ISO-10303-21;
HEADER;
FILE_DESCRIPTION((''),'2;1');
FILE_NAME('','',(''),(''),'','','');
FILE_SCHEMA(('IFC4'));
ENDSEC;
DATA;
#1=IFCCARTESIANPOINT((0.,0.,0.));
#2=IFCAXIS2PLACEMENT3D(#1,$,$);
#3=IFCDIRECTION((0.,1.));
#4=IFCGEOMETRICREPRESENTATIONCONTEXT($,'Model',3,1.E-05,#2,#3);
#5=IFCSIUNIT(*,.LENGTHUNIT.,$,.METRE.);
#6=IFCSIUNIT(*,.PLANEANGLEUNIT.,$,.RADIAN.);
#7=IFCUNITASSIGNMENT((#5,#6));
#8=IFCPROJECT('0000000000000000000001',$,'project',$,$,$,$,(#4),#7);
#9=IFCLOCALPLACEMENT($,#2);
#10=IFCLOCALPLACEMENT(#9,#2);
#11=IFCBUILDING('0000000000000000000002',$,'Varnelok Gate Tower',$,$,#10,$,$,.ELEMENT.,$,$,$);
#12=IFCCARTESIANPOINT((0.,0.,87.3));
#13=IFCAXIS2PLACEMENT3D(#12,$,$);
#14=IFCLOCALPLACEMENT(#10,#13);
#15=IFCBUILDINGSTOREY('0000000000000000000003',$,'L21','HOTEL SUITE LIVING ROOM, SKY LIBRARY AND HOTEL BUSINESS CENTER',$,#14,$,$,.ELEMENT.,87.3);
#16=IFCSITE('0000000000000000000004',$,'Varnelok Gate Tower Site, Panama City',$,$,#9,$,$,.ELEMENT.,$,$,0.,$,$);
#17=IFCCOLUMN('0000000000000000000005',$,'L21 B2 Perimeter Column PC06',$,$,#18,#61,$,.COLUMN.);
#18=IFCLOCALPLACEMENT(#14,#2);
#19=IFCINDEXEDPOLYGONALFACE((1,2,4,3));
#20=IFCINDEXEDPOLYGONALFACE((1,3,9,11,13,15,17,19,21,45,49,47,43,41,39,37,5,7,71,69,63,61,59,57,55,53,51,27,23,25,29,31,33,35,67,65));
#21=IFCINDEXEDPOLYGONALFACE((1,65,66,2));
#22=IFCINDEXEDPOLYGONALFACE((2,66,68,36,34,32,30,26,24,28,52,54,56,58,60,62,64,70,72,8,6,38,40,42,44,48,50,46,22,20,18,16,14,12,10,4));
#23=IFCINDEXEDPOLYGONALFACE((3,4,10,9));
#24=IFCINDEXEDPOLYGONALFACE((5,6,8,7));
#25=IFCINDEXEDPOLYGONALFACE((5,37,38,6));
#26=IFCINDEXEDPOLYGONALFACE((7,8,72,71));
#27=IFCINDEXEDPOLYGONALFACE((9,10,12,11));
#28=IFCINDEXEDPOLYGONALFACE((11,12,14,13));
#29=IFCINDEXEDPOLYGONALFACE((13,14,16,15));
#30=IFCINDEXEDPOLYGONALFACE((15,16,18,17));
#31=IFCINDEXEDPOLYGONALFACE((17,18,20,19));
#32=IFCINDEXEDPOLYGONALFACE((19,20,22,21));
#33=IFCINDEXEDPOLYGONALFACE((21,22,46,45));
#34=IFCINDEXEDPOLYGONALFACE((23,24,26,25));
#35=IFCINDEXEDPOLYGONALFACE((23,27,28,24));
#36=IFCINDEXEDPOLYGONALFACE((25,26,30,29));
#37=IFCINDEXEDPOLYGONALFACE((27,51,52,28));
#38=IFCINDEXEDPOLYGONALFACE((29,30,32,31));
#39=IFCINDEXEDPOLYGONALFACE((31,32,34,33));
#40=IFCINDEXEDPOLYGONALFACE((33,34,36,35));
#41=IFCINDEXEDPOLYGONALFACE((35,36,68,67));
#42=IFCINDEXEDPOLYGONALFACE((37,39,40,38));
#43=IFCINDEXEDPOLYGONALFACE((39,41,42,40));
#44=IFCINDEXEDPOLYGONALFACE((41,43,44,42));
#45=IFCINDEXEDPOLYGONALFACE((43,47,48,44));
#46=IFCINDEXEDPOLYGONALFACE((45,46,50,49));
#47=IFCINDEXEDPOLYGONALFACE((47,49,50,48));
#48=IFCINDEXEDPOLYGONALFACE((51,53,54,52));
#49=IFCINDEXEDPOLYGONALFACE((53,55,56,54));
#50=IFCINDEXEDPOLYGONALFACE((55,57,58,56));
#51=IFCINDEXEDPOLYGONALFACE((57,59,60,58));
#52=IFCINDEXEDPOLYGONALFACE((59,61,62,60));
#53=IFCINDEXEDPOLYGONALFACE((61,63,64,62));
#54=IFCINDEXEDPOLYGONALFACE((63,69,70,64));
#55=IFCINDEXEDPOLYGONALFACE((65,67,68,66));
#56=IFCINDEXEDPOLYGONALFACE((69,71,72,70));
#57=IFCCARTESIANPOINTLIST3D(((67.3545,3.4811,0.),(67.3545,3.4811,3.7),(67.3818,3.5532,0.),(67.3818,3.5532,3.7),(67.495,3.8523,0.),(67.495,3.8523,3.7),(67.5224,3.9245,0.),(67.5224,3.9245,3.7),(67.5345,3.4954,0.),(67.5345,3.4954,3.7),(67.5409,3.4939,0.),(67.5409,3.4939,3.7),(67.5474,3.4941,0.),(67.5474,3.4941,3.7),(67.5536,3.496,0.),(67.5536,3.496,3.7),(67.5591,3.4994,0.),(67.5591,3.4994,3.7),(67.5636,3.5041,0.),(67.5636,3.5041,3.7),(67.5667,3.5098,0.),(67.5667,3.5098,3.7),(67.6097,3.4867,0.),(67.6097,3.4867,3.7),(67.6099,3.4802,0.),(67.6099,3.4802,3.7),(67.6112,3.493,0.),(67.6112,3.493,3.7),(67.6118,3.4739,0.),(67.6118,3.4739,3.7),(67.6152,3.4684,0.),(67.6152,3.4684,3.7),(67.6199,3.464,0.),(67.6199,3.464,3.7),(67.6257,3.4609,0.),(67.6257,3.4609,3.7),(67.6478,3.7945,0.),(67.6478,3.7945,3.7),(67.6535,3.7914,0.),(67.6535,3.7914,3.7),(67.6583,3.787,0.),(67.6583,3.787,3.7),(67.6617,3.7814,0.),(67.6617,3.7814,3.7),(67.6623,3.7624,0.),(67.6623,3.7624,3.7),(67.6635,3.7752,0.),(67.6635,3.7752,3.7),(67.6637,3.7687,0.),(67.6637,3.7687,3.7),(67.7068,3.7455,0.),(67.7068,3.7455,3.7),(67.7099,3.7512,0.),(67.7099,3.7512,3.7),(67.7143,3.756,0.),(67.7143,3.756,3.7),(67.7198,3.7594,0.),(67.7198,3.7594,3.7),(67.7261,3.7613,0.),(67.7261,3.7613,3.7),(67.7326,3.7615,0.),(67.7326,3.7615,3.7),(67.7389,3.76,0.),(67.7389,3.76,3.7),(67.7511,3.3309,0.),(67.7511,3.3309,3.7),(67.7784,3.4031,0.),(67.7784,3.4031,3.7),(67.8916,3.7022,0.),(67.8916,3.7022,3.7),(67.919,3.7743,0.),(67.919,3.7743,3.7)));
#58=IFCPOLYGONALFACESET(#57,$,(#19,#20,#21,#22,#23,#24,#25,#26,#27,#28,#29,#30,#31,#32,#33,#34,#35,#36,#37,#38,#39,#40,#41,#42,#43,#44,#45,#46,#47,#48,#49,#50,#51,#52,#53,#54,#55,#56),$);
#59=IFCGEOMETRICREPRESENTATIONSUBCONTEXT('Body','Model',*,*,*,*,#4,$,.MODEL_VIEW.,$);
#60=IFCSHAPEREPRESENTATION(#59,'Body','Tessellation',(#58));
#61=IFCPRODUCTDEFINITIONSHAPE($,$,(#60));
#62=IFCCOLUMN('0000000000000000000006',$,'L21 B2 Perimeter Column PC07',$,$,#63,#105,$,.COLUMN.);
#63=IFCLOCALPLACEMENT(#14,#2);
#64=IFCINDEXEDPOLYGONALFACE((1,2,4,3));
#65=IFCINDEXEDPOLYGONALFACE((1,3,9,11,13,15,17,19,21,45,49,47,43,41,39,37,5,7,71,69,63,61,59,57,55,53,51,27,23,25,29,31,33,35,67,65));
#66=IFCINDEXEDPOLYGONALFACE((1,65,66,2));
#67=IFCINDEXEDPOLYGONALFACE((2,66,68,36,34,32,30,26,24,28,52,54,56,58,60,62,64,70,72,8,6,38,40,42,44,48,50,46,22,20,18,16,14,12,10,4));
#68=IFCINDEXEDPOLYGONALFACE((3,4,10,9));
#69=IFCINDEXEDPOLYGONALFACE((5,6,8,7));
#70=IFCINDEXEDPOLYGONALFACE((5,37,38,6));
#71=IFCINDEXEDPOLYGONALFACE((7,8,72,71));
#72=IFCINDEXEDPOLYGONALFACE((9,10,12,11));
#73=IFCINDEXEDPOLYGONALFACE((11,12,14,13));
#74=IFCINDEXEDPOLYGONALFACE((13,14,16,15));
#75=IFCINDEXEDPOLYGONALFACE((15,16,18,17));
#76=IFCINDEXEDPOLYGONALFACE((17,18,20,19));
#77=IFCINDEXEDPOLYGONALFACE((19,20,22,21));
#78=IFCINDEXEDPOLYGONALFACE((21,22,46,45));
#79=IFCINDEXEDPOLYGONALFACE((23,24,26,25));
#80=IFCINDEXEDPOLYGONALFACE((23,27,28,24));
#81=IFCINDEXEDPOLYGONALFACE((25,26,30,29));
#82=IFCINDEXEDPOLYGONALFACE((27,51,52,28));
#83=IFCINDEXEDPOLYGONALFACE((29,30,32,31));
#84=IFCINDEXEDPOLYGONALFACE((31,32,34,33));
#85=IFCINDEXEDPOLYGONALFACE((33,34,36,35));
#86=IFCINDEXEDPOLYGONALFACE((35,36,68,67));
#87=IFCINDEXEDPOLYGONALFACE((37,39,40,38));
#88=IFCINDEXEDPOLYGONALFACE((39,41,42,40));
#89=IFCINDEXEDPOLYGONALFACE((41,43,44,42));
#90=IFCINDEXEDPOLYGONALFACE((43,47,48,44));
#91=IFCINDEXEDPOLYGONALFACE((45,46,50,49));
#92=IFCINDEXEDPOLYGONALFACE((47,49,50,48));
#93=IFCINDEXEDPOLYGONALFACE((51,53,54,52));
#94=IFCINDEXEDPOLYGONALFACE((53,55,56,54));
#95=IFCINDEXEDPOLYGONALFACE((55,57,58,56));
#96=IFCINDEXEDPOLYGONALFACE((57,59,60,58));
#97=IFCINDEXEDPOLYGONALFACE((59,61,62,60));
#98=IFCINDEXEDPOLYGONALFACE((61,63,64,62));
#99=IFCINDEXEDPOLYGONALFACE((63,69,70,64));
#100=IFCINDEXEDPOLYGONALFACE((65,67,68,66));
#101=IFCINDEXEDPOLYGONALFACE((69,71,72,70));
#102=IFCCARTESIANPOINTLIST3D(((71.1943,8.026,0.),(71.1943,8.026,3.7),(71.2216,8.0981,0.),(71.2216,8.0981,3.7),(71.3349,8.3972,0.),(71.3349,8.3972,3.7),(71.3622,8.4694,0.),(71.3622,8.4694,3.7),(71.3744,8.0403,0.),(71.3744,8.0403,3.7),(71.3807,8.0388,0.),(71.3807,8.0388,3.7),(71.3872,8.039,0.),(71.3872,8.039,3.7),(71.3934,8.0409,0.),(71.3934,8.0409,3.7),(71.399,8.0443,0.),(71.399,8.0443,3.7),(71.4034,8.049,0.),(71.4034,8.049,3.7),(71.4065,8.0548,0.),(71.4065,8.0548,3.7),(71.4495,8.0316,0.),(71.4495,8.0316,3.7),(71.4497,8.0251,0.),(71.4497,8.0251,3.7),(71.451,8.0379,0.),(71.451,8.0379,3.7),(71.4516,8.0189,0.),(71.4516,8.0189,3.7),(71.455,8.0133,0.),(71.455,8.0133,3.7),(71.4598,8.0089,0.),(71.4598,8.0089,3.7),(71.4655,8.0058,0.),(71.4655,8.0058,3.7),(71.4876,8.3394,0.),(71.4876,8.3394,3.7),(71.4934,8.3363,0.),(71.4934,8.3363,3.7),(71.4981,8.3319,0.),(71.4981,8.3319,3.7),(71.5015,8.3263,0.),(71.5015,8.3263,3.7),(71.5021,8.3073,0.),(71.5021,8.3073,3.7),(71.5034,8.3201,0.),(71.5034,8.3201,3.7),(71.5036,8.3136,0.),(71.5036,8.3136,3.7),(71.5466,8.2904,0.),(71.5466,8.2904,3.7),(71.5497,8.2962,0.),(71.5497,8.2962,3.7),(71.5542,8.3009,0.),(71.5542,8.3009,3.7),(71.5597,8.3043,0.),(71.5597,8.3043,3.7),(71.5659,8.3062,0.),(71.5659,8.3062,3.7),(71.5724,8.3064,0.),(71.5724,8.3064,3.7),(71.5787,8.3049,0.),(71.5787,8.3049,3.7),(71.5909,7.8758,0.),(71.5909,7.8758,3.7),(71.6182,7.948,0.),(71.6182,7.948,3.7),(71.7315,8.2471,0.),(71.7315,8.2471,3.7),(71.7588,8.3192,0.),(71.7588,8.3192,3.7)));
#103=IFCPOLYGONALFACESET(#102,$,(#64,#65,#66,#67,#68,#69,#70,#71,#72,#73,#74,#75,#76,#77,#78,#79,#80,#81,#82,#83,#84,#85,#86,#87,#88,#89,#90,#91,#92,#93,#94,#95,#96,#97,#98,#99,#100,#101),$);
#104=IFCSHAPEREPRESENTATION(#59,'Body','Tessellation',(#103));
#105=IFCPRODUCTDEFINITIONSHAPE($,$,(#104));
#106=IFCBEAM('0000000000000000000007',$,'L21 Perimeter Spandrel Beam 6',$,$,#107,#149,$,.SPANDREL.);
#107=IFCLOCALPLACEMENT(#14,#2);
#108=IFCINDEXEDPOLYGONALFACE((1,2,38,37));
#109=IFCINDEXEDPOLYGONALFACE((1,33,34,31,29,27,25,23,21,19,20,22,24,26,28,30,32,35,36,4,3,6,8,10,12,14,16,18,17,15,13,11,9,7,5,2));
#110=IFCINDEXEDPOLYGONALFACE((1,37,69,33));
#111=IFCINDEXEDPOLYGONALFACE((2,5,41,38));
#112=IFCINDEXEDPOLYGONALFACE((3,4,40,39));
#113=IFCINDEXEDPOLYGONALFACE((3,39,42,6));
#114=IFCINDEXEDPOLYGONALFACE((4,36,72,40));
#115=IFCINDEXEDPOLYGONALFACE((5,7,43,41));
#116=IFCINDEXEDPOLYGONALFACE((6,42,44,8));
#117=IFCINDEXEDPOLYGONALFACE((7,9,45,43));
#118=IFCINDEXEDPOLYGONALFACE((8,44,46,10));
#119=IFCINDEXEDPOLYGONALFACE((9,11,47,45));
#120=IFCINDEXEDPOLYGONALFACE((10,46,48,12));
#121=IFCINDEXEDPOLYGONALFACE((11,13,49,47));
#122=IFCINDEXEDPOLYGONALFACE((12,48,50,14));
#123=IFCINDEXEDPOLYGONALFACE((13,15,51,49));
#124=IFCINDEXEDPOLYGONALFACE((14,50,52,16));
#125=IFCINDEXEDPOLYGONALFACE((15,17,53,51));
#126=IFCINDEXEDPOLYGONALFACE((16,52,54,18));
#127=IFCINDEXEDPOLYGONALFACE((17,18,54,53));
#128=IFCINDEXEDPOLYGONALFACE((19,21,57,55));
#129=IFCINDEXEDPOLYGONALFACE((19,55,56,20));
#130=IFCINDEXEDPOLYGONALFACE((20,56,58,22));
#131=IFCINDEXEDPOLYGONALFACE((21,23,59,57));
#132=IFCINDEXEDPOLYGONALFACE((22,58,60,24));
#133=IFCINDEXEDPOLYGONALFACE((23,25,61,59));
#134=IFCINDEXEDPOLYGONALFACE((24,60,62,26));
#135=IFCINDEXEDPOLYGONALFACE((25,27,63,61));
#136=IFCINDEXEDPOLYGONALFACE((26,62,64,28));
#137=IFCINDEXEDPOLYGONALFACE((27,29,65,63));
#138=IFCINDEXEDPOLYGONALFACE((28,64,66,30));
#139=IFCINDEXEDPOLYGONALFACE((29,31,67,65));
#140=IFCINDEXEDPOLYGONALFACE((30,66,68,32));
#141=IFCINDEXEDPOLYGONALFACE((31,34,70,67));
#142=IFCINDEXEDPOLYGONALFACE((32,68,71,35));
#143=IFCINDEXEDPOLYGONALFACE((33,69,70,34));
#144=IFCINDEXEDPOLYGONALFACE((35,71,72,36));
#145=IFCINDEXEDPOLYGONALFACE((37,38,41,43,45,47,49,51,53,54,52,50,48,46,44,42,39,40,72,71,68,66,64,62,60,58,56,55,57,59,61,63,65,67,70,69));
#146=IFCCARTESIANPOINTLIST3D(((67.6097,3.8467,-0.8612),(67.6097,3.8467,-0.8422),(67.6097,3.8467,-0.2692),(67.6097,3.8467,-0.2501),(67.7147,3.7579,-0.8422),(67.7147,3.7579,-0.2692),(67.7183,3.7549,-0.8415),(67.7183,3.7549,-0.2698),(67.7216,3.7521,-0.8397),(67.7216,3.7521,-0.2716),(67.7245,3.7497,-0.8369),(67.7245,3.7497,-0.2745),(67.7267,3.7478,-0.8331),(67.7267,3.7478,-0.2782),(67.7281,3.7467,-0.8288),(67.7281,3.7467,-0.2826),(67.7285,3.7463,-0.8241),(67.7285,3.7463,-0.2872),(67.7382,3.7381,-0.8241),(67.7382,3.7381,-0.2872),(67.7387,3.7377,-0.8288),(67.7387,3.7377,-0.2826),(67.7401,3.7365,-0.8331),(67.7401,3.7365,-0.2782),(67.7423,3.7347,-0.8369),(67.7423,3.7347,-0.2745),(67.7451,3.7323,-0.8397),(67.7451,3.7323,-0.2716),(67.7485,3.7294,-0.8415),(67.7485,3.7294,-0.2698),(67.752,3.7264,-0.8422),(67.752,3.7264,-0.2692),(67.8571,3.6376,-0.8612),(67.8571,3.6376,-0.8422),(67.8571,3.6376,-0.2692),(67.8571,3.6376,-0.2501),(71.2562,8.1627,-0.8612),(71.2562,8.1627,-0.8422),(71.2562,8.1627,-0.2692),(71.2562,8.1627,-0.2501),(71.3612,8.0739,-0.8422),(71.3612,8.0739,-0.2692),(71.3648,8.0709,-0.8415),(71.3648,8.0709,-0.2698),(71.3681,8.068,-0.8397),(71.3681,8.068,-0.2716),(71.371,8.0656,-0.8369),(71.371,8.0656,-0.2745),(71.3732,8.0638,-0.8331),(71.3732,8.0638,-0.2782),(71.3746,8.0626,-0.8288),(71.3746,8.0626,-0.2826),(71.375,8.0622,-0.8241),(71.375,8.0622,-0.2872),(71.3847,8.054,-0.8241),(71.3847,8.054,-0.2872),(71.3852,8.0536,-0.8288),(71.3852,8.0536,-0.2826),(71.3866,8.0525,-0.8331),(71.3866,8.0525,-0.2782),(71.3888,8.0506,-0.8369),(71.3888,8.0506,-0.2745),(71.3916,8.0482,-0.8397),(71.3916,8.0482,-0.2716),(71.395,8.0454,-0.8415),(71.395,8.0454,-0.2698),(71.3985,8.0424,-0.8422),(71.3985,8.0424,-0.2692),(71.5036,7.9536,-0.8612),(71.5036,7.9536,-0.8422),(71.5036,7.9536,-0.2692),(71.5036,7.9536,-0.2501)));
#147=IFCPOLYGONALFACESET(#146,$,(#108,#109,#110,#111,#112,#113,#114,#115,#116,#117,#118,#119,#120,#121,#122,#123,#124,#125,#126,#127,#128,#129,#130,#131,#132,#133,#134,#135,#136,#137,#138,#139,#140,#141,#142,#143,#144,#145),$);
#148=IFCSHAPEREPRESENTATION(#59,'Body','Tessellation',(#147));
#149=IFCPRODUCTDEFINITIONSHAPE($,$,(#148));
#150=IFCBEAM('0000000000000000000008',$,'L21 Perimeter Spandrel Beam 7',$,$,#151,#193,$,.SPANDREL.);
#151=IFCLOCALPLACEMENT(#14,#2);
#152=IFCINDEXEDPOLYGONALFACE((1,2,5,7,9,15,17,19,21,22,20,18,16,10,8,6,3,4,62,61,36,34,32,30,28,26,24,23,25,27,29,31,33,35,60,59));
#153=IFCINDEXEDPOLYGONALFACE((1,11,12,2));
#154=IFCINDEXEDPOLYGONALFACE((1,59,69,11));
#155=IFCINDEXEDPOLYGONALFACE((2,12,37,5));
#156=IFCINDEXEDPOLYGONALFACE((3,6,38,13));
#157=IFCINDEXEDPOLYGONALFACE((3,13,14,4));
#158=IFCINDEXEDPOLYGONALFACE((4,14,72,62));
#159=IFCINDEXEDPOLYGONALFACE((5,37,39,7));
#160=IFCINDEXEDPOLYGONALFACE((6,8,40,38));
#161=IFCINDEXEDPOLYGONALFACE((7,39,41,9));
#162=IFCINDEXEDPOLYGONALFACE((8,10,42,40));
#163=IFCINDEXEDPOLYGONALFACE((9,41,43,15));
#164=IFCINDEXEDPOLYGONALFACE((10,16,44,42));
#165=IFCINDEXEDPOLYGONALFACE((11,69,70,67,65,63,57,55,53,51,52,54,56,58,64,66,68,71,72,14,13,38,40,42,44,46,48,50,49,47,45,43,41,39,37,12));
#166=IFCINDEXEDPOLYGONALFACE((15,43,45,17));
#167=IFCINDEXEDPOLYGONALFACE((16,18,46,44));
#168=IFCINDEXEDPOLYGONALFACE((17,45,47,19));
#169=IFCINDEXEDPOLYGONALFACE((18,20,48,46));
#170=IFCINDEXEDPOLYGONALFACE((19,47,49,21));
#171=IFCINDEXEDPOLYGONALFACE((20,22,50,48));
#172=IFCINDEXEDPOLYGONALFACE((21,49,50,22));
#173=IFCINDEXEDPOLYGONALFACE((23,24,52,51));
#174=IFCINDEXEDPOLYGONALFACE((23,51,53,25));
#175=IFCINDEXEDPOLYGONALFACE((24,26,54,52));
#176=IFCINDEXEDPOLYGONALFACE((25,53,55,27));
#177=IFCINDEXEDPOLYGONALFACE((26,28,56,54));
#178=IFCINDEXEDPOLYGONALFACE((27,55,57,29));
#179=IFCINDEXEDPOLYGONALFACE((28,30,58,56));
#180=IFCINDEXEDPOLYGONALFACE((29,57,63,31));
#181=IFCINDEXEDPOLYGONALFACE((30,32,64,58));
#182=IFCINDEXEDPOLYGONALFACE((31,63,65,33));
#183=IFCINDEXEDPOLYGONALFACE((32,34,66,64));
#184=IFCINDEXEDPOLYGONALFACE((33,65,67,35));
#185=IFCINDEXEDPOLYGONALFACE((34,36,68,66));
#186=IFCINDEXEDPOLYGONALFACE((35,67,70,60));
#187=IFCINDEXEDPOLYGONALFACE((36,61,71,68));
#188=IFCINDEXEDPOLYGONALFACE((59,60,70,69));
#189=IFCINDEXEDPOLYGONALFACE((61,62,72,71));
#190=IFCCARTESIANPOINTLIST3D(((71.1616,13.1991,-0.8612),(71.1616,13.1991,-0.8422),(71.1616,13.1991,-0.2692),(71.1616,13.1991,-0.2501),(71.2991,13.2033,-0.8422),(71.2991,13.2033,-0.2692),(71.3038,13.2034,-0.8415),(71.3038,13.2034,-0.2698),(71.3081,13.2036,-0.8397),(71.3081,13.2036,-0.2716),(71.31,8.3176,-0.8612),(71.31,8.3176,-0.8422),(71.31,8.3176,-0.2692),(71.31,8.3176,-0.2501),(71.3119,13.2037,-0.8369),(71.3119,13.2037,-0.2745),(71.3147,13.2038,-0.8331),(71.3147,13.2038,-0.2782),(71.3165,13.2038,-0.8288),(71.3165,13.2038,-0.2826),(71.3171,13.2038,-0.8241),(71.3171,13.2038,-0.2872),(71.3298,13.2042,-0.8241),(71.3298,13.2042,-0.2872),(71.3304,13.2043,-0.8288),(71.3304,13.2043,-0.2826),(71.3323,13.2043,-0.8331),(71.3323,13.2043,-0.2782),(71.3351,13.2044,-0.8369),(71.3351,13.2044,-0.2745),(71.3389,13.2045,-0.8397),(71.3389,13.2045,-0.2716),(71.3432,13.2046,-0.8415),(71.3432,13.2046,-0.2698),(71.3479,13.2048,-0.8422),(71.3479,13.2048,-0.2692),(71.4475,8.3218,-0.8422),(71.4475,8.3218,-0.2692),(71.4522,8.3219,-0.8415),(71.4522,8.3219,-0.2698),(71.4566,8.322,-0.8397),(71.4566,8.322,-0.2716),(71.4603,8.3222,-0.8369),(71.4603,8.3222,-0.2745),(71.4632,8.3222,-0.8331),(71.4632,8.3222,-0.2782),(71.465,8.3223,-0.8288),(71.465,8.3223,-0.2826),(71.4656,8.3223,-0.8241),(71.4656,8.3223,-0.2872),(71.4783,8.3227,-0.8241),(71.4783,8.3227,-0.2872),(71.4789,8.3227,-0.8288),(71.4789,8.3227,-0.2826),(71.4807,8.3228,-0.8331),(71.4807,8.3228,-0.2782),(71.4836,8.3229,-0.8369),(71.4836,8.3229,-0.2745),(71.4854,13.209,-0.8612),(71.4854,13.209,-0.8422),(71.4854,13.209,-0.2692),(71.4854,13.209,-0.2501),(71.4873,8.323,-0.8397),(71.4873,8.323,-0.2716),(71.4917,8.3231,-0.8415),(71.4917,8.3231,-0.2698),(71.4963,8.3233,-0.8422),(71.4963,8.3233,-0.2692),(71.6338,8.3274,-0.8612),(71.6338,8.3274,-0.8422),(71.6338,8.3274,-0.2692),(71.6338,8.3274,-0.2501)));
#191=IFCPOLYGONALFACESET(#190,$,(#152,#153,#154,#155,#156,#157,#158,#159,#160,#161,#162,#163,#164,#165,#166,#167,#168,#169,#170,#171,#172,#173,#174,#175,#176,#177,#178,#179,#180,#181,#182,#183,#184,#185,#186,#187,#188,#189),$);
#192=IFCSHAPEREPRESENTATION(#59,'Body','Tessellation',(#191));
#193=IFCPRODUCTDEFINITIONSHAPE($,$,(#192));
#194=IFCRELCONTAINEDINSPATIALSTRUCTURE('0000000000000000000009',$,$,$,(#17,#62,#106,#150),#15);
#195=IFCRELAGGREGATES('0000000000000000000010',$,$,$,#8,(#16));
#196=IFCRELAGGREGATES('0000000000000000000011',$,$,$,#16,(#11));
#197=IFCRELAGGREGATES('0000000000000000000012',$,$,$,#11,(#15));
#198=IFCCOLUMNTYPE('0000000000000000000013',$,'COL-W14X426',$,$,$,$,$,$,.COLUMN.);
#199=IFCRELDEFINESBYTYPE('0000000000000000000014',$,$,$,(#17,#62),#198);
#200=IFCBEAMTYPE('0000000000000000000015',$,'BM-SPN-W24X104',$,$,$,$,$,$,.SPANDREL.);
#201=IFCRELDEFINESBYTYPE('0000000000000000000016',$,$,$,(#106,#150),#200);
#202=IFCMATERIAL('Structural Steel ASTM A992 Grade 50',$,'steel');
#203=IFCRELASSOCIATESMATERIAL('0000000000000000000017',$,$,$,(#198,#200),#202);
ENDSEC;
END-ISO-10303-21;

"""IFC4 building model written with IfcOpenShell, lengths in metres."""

from ifc_helpers import new_model, si_unit, direction, frame, origin, origin_2d, place, context, subcontext, project, spatial, i_section, extrude, material, material_profile, profile_set, type_object, element, save


model = new_model("IFC4")

# Units and contexts
model_context = context("Model", 3, precision=1e-05, world=origin(), true_north=direction((0.0, 1.0)))
body_context = subcontext(model_context, "Body", "Model", "MODEL_VIEW")
ifc_project = project(units=[si_unit("LENGTHUNIT", "METRE"), si_unit("PLANEANGLEUNIT", "RADIAN")], contexts=[model_context])

# Site, building, storey
site_placement = place(None, origin())
site = spatial("IfcSite", under=ifc_project, at=site_placement, Name="Varnelok Gate Tower Site, Panama City", CompositionType="ELEMENT", RefElevation=0.0)
building_placement = place(site_placement, origin())
building = spatial("IfcBuilding", under=site, at=building_placement, Name="Varnelok Gate Tower", CompositionType="ELEMENT")
storey_placement = place(building_placement, frame((0.0, 0.0, 87.3)))
storey = spatial("IfcBuildingStorey", under=building, at=storey_placement, Name="L21", Description="HOTEL SUITE LIVING ROOM, SKY LIBRARY AND HOTEL BUSINESS CENTER", CompositionType="ELEMENT", Elevation=87.3)

# Columns
ifc_material_1 = material(Name="Structural Steel ASTM A992 Grade 50", Category="steel")
ifc_material_profile_1 = material_profile(ifc_material_1, i_section(OverallWidth=0.4241, OverallDepth=0.4741, WebThickness=0.0476, FlangeThickness=0.0771, FilletRadius=0.0249, at=origin_2d()), Name="W14X426")
ifc_profile_set_1 = profile_set([ifc_material_profile_1], Name="Structural Steel ASTM A992 Grade 50")
column_type = type_object("IfcColumnType", Name="COL-W14X426", PredefinedType="COLUMN", material=ifc_profile_set_1)
for number, where, z_axis, x_axis, name in (
    (1, (67.6367, 3.6277, 0.0), (0.0, 0.0, 1.0), (0.935222, -0.354063, 0.0), "L21 B2 Perimeter Column PC06"),
    (2, (71.4766, 8.1726, 0.0), (0.0, 0.0, 1.0), (0.935222, -0.354063, 0.0), "L21 B2 Perimeter Column PC07"),
):
    element("IfcColumn", number, at=place(storey_placement, frame(where, z_axis=z_axis, x_axis=x_axis)), inside=storey, type_object=column_type, Name=name, PredefinedType="COLUMN", context=body_context, shape_type="SweptSolid", body=[
        extrude(i_section(OverallWidth=0.4241, OverallDepth=0.4741, WebThickness=0.0476, FlangeThickness=0.0771, FilletRadius=0.0249, at=origin_2d()), origin(), (0.0, 0.0, 1.0), 3.7),
    ])

# Beams
ifc_material_profile_2 = material_profile(ifc_material_1, i_section(OverallWidth=0.324, OverallDepth=0.6111, WebThickness=0.0127, FlangeThickness=0.019, FilletRadius=0.0181, at=origin_2d()), Name="W24X104")
ifc_profile_set_2 = profile_set([ifc_material_profile_2], Name="Structural Steel ASTM A992 Grade 50")
beam_type = type_object("IfcBeamType", Name="BM-SPN-W24X104", PredefinedType="SPANDREL", material=ifc_profile_set_2)
beam_1_placement = place(storey_placement, frame((67.7334, 3.7422, -0.5557), z_axis=(0.64538, 0.763861, 0.0), x_axis=(-0.763861, 0.64538, 0.0)))
element("IfcBeam", 3, at=beam_1_placement, inside=storey, type_object=beam_type, Name="L21 Perimeter Spandrel Beam 6", PredefinedType="SPANDREL", context=body_context, shape_type="SweptSolid", body=[
    extrude(i_section(OverallWidth=0.324, OverallDepth=0.6111, WebThickness=0.0127, FlangeThickness=0.019, FilletRadius=0.0181, at=origin_2d()), origin(), (0.0, 0.0, 1.0), 5.6501),
])
beam_2_placement = place(storey_placement, frame((71.4719, 8.3225, -0.5557), z_axis=(-0.030394, 0.999538, 0.0), x_axis=(-0.999538, -0.030394, 0.0)))
element("IfcBeam", 4, at=beam_2_placement, inside=storey, type_object=beam_type, Name="L21 Perimeter Spandrel Beam 7", PredefinedType="SPANDREL", context=body_context, shape_type="SweptSolid", body=[
    extrude(i_section(OverallWidth=0.324, OverallDepth=0.6111, WebThickness=0.0127, FlangeThickness=0.019, FilletRadius=0.0181, at=origin_2d()), origin(), (0.0, 0.0, 1.0), 4.8838),
])

save(model, "model.ifc")
